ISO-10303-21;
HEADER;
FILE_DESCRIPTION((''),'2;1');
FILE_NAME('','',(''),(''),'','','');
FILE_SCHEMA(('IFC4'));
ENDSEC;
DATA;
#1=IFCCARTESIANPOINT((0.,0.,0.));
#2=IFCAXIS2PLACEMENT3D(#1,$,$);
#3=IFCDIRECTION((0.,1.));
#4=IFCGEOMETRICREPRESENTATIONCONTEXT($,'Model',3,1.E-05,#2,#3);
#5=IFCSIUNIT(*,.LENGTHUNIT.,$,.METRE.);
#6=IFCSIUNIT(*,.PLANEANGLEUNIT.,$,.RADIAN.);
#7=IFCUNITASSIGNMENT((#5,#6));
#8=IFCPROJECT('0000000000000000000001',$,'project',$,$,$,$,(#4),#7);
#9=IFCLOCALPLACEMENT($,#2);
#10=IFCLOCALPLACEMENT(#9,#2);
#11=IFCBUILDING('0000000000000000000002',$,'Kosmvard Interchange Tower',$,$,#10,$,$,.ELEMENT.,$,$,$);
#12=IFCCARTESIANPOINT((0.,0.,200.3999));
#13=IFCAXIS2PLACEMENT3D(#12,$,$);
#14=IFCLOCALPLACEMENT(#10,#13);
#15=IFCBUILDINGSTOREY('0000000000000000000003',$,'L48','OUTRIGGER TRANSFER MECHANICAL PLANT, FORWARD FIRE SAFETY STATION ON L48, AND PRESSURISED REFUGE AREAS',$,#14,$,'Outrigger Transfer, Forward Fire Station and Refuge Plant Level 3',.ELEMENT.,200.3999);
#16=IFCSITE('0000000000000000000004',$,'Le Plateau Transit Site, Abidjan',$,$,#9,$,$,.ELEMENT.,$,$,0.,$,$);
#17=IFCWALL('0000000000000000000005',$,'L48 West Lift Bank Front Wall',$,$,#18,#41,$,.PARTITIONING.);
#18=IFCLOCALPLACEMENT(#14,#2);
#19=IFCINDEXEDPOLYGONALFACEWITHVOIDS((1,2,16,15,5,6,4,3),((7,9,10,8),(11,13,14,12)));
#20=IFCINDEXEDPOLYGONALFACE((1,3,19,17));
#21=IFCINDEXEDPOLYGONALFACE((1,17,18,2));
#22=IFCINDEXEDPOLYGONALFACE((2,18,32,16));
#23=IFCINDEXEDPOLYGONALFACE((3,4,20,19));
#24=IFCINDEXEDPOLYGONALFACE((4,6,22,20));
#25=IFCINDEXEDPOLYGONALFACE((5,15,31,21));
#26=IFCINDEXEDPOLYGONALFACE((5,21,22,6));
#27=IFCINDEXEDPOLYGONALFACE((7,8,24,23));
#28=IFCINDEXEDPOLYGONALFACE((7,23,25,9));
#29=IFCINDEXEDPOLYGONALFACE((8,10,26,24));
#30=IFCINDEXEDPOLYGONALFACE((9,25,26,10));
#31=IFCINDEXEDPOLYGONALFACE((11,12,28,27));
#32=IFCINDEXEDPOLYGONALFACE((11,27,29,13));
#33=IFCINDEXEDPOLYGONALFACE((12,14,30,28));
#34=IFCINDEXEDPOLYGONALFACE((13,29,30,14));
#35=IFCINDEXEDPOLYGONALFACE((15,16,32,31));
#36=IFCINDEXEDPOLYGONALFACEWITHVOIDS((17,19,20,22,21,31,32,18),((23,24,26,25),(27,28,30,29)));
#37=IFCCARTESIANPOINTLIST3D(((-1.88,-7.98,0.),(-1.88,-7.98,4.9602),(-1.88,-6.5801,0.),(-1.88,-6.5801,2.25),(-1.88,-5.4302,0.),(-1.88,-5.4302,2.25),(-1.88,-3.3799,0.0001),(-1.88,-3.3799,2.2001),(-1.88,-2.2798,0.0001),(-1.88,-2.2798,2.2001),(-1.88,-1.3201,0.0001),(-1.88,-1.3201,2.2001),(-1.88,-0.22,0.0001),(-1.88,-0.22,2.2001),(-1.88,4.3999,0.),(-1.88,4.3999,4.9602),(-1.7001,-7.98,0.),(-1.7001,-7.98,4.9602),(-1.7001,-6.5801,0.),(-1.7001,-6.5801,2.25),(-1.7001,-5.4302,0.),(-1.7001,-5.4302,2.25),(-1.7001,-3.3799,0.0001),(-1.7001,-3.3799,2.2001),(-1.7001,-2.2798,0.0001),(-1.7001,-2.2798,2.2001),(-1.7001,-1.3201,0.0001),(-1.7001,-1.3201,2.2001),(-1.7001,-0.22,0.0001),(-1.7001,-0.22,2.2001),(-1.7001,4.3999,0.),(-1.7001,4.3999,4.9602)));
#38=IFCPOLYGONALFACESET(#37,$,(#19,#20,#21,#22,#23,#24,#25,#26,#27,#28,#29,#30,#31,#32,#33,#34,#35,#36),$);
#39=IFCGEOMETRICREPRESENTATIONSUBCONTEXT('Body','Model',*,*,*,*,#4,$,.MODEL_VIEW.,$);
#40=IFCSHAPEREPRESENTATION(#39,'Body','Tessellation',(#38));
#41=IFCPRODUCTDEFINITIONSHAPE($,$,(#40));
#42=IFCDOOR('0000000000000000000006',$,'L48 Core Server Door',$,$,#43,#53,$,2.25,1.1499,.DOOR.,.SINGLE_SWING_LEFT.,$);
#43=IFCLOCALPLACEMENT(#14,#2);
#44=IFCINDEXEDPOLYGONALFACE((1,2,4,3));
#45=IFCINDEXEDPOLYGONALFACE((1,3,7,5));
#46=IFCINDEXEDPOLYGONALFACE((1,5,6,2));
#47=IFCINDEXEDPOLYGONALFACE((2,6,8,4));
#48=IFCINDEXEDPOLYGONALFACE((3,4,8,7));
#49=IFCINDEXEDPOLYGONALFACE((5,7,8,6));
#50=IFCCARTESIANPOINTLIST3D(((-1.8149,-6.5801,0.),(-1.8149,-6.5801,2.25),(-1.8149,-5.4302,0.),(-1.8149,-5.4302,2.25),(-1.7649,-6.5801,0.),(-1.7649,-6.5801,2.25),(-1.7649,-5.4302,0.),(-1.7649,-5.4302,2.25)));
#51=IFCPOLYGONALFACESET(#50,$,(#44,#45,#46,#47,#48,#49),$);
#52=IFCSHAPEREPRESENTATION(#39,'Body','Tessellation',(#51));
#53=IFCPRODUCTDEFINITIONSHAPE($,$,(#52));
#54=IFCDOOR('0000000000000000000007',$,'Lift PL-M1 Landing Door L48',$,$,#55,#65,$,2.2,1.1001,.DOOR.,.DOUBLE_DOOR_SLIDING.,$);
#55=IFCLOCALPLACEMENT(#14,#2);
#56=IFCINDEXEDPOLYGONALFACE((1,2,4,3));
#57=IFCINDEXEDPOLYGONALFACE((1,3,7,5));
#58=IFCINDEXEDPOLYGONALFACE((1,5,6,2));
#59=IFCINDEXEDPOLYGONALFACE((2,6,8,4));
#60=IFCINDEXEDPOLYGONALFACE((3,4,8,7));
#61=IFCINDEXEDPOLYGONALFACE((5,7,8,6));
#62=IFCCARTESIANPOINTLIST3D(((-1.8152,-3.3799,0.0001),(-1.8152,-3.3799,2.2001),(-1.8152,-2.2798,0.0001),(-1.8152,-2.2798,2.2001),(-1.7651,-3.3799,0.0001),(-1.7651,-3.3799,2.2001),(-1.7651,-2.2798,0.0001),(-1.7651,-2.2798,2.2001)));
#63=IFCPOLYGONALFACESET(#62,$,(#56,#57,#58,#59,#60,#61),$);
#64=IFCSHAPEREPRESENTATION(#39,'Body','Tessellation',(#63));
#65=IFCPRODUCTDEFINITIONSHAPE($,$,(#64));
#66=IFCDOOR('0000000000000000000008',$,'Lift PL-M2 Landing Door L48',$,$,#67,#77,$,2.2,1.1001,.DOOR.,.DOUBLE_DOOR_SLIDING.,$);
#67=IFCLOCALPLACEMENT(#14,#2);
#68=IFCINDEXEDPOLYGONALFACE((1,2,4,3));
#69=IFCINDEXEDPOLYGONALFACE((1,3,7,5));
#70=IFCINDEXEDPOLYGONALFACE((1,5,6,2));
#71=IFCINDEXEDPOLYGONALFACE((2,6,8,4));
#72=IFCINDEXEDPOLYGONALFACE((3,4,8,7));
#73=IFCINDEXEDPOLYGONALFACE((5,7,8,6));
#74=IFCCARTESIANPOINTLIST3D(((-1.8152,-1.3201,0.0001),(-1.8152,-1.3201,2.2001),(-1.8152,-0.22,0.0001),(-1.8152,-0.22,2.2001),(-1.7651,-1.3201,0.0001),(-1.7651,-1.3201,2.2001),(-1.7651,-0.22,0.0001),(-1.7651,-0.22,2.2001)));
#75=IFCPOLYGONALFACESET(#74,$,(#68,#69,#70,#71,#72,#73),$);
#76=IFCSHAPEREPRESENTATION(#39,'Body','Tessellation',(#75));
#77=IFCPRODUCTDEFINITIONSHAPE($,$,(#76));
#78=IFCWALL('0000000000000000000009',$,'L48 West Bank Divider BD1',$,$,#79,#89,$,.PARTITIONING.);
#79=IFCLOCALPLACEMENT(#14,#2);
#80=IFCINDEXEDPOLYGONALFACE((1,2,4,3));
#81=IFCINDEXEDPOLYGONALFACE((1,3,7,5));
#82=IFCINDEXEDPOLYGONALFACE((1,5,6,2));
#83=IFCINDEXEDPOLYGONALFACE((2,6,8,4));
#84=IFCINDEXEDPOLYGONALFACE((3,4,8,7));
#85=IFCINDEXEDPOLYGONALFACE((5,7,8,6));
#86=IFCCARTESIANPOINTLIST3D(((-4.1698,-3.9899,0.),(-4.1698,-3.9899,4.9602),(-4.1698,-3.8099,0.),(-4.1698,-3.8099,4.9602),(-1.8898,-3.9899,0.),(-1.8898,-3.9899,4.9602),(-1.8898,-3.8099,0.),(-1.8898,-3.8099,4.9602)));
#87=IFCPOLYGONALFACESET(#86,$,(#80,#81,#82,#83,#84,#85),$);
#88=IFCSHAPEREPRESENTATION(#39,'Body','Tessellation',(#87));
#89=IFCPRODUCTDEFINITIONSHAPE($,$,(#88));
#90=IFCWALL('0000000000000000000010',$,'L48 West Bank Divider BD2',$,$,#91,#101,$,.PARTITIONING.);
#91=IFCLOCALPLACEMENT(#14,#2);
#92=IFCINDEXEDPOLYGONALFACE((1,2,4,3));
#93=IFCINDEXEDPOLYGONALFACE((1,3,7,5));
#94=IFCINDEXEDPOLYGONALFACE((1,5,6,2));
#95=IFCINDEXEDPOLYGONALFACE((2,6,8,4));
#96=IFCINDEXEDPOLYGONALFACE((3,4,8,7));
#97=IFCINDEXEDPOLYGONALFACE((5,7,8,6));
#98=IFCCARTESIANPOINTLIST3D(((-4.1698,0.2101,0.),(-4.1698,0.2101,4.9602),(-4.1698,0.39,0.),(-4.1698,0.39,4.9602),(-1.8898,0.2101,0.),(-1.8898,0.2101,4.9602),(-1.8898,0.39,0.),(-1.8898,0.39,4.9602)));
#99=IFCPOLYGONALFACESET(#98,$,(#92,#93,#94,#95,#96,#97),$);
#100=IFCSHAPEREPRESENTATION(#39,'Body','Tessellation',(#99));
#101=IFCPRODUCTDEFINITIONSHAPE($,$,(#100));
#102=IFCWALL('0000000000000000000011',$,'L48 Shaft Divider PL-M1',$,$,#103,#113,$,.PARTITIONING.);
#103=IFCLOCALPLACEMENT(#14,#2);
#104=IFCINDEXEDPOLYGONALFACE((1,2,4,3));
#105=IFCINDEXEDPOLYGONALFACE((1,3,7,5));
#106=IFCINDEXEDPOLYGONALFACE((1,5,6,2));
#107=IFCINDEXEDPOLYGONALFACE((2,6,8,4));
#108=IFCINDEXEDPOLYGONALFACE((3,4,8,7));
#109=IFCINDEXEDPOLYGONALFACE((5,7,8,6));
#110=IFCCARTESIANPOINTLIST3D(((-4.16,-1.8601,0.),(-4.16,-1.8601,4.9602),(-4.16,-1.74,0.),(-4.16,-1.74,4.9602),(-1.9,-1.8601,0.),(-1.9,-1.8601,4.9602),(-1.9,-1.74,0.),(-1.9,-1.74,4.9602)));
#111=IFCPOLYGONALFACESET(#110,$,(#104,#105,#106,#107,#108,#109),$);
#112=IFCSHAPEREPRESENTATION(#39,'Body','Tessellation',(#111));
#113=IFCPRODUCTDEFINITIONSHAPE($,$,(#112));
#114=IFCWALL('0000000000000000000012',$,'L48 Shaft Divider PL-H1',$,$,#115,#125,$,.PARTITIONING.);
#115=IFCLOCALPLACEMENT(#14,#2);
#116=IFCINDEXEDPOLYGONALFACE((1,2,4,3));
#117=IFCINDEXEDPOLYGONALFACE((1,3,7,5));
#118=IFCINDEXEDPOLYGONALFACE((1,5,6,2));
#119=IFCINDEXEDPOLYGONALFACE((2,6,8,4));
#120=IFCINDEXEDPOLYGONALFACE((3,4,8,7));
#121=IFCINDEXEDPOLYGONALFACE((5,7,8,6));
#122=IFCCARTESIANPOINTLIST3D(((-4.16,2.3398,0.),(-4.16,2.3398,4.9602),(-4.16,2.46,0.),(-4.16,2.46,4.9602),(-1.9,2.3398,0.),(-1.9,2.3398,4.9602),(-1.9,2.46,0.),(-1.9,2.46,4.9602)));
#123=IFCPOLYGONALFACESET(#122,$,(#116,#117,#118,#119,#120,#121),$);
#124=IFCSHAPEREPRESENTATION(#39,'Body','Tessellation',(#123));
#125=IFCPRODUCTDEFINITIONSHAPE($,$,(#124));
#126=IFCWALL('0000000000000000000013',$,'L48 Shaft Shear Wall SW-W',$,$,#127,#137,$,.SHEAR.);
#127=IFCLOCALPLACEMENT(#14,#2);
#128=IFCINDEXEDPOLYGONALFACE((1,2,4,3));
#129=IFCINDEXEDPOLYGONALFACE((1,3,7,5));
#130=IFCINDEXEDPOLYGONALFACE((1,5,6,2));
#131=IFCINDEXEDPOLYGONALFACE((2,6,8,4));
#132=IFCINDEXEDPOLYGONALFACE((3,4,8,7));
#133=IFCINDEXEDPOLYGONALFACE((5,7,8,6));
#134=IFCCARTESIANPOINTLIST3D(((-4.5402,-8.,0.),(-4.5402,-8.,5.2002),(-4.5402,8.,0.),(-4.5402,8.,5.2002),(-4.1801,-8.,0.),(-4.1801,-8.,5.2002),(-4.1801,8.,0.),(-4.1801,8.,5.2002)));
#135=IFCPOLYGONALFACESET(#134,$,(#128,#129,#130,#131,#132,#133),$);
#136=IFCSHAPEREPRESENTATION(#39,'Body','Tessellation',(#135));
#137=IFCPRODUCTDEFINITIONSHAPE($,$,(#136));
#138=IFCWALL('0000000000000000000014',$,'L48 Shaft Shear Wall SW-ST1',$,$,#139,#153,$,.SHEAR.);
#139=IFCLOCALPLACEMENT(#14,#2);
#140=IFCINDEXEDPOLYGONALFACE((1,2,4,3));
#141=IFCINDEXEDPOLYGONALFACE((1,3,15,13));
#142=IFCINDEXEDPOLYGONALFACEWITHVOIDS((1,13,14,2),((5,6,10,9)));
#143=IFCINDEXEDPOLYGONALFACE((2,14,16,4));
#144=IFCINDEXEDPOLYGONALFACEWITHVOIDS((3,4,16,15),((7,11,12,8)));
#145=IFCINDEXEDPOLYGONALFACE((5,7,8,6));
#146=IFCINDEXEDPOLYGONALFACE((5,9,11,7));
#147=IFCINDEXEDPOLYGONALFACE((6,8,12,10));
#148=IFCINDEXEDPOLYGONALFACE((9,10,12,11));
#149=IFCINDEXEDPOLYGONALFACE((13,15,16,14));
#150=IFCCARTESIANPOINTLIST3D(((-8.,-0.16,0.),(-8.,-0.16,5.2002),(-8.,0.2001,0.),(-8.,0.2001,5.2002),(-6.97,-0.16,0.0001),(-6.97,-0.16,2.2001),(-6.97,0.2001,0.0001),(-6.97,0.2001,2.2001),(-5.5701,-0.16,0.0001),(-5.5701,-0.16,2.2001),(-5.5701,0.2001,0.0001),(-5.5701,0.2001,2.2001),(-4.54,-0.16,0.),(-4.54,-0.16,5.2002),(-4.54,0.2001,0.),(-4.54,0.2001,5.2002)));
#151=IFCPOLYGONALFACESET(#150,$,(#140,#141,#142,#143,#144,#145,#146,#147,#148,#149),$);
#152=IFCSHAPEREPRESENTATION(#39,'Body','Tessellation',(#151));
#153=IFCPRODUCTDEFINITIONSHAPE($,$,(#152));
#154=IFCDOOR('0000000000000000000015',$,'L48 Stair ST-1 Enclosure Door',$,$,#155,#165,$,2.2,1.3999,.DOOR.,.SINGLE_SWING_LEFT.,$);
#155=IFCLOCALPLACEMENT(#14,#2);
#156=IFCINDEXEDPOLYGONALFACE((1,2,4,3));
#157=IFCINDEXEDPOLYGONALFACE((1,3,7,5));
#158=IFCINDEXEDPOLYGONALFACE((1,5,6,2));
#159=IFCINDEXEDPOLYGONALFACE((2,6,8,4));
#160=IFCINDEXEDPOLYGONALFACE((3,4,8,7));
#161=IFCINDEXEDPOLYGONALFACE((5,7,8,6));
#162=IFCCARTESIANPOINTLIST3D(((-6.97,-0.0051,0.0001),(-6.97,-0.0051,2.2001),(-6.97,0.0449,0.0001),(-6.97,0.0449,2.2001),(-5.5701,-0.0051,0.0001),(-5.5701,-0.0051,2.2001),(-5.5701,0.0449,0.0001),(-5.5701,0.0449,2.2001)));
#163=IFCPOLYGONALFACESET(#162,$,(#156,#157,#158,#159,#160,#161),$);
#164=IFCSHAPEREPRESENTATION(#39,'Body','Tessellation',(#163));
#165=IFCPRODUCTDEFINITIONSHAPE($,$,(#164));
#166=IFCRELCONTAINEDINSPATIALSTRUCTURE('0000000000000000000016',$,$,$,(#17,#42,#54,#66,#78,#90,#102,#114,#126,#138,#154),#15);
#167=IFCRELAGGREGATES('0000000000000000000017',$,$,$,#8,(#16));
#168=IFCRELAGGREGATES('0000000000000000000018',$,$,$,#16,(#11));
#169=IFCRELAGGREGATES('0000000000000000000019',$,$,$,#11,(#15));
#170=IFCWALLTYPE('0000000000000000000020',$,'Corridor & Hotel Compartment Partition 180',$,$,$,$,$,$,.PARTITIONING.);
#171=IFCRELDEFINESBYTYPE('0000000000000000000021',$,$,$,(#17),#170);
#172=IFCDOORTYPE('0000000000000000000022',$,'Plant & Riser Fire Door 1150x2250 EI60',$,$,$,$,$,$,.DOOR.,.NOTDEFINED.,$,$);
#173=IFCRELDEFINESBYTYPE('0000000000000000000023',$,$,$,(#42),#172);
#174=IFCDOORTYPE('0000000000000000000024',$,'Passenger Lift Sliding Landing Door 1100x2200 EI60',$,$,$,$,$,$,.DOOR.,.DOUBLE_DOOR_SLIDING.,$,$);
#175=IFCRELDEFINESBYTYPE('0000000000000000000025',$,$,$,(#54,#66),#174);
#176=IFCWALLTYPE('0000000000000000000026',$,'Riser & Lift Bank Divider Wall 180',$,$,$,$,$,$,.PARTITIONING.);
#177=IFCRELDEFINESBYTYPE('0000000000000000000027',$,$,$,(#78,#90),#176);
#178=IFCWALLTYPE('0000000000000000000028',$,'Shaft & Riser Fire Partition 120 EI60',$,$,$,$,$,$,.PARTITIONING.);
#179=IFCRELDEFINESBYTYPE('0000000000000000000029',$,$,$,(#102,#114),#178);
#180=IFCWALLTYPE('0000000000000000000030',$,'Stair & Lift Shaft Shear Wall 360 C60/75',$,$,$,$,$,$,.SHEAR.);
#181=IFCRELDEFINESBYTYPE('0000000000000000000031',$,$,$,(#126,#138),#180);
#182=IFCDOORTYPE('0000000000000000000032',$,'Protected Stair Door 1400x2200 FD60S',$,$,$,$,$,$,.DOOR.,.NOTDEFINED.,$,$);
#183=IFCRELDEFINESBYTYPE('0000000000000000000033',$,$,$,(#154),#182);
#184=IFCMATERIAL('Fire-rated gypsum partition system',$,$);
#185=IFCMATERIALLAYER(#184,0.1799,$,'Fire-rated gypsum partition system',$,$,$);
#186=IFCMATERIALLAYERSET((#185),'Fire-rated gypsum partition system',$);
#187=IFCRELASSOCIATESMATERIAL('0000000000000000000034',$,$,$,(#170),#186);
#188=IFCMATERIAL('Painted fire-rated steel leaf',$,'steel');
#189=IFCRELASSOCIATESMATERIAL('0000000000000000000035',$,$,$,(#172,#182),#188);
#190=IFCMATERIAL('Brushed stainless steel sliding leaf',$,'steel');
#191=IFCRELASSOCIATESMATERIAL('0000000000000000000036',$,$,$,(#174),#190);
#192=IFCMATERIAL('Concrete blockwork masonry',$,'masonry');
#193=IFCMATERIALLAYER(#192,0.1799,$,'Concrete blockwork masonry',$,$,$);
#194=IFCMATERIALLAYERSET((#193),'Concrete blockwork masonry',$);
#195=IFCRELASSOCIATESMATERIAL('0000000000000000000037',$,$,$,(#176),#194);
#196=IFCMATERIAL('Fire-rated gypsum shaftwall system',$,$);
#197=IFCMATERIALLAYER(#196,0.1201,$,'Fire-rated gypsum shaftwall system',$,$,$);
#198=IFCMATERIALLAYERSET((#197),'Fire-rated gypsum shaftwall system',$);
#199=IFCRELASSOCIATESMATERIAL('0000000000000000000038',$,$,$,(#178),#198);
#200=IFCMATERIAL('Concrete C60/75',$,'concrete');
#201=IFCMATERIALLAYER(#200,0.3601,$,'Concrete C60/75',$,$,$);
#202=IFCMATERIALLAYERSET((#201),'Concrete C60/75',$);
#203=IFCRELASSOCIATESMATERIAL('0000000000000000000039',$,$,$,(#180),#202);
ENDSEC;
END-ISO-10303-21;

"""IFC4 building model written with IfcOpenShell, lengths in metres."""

from ifc_helpers import new_model, si_unit, direction, frame, frame_2d, origin, place, context, subcontext, project, spatial, rectangle, extrude, source, transform, mapped, material, layer, layer_set, type_object, element, fill, save


model = new_model("IFC4")

# Units and contexts
model_context = context("Model", 3, precision=1e-05, world=origin(), true_north=direction((0.0, 1.0)))
body_context = subcontext(model_context, "Body", "Model", "MODEL_VIEW")
ifc_project = project(units=[si_unit("LENGTHUNIT", "METRE"), si_unit("PLANEANGLEUNIT", "RADIAN")], contexts=[model_context])

# Site, building, storey
site_placement = place(None, origin())
site = spatial("IfcSite", under=ifc_project, at=site_placement, Name="Le Plateau Transit Site, Abidjan", CompositionType="ELEMENT", RefElevation=0.0)
building_placement = place(site_placement, origin())
building = spatial("IfcBuilding", under=site, at=building_placement, Name="Kosmvard Interchange Tower", CompositionType="ELEMENT")
storey_placement = place(building_placement, frame((0.0, 0.0, 200.3999)))
storey = spatial("IfcBuildingStorey", under=building, at=storey_placement, Name="L48", Description="OUTRIGGER TRANSFER MECHANICAL PLANT, FORWARD FIRE SAFETY STATION ON L48, AND PRESSURISED REFUGE AREAS", LongName="Outrigger Transfer, Forward Fire Station and Refuge Plant Level 3", CompositionType="ELEMENT", Elevation=200.3999)

# Shared definitions
ifc_material_1 = material(Name="Concrete C60/75", Category="concrete")

# Wall, openings, doors
ifc_material_2 = material(Name="Fire-rated gypsum partition system")
ifc_layer_1 = layer(ifc_material_2, 0.1799, Name="Fire-rated gypsum partition system")
ifc_layer_set_1 = layer_set([ifc_layer_1], Name="Fire-rated gypsum partition system")
wall_type_1 = type_object("IfcWallType", Name="Corridor & Hotel Compartment Partition 180", PredefinedType="PARTITIONING", material=ifc_layer_set_1)
wall_1_placement = place(storey_placement, frame((-1.79, -7.98, 0.0), z_axis=(0.0, 0.0, 1.0), x_axis=(0.0, 1.0, 0.0)))
wall_1 = element("IfcWall", 1, at=wall_1_placement, inside=storey, type_object=wall_type_1, Name="L48 West Lift Bank Front Wall", PredefinedType="PARTITIONING", context=body_context, shape_type="SweptSolid", body=[
    extrude(rectangle(XDim=12.3799, YDim=0.1799, at=frame_2d((6.1899, 0.0))), origin(), (0.0, 0.0, 1.0), 4.9602),
])
opening_1_placement = place(wall_1_placement, frame((4.6001, 0.0, 0.0)))
opening_1 = element("IfcOpeningElement", 2, at=opening_1_placement, cuts=wall_1, PredefinedType="OPENING", context=body_context, shape_type="SweptSolid", body=[
    extrude(rectangle(XDim=1.1001, YDim=2.2, at=frame_2d((0.55, 1.1001))), frame((0.0, 0.1001, 0.0), z_axis=(0.0, -1.0, 0.0), x_axis=(1.0, 0.0, 0.0)), (0.0, 0.0, 1.0), 0.2),
])
opening_2_placement = place(wall_1_placement, frame((6.6599, 0.0, 0.0)))
opening_2 = element("IfcOpeningElement", 3, at=opening_2_placement, cuts=wall_1, PredefinedType="OPENING", context=body_context, shape_type="SweptSolid", body=[
    extrude(rectangle(XDim=1.1001, YDim=2.2, at=frame_2d((0.55, 1.1001))), frame((0.0, 0.1001, 0.0), z_axis=(0.0, -1.0, 0.0), x_axis=(1.0, 0.0, 0.0)), (0.0, 0.0, 1.0), 0.2),
])
opening_3_placement = place(wall_1_placement, frame((1.3999, 0.0, 0.0)))
opening_3 = element("IfcOpeningElement", 4, at=opening_3_placement, cuts=wall_1, PredefinedType="OPENING", context=body_context, shape_type="SweptSolid", body=[
    extrude(rectangle(XDim=1.1499, YDim=2.25, at=frame_2d((0.575, 1.125))), frame((0.0, 0.1001, 0.0), z_axis=(0.0, -1.0, 0.0), x_axis=(1.0, 0.0, 0.0)), (0.0, 0.0, 1.0), 0.2),
])
ifc_material_3 = material(Name="Painted fire-rated steel leaf", Category="steel")
door_type_1 = type_object("IfcDoorType", Name="Plant & Riser Fire Door 1150x2250 EI60", OperationType="NOTDEFINED", PredefinedType="DOOR", material=ifc_material_3)
shared_shape_1 = source(origin(), body_context, "Body", "SweptSolid", [
    extrude(rectangle(XDim=1.1499, YDim=2.25, at=frame_2d((0.575, 1.125))), frame((0.0, 0.0249, 0.0), z_axis=(0.0, -1.0, 0.0), x_axis=(1.0, 0.0, 0.0)), (0.0, 0.0, 1.0), 0.05),
])
door_1_placement = place(opening_3_placement, origin())
door_1 = element("IfcDoor", 5, at=door_1_placement, inside=storey, type_object=door_type_1, Name="L48 Core Server Door", OperationType="SINGLE_SWING_LEFT", OverallHeight=2.25, OverallWidth=1.1499, PredefinedType="DOOR", context=body_context, shape_type="MappedRepresentation", body=[
    mapped(shared_shape_1, transform((0.0, 0.0, 0.0), scale=1.0)),
])
fill(opening_3, door_1)
ifc_material_4 = material(Name="Brushed stainless steel sliding leaf", Category="steel")
door_type_2 = type_object("IfcDoorType", Name="Passenger Lift Sliding Landing Door 1100x2200 EI60", OperationType="DOUBLE_DOOR_SLIDING", PredefinedType="DOOR", material=ifc_material_4)
shared_shape_2 = source(origin(), body_context, "Body", "SweptSolid", [
    extrude(rectangle(XDim=1.1001, YDim=2.2, at=frame_2d((0.55, 1.1001))), frame((0.0, 0.0249, 0.0), z_axis=(0.0, -1.0, 0.0), x_axis=(1.0, 0.0, 0.0)), (0.0, 0.0, 1.0), 0.05),
])
door_2_placement = place(opening_1_placement, frame((1.1001, 0.0, 0.0), z_axis=(0.0, 0.0, 1.0), x_axis=(-1.0, 0.0, 0.0)))
door_2 = element("IfcDoor", 6, at=door_2_placement, inside=storey, type_object=door_type_2, Name="Lift PL-M1 Landing Door L48", OperationType="DOUBLE_DOOR_SLIDING", OverallHeight=2.2, OverallWidth=1.1001, PredefinedType="DOOR", context=body_context, shape_type="MappedRepresentation", body=[
    mapped(shared_shape_2, transform((0.0, 0.0, 0.0), scale=1.0)),
])
fill(opening_1, door_2)
door_3_placement = place(opening_2_placement, frame((1.1001, 0.0, 0.0), z_axis=(0.0, 0.0, 1.0), x_axis=(-1.0, 0.0, 0.0)))
door_3 = element("IfcDoor", 7, at=door_3_placement, inside=storey, type_object=door_type_2, Name="Lift PL-M2 Landing Door L48", OperationType="DOUBLE_DOOR_SLIDING", OverallHeight=2.2, OverallWidth=1.1001, PredefinedType="DOOR", context=body_context, shape_type="MappedRepresentation", body=[
    mapped(shared_shape_2, transform((0.0, 0.0, 0.0), scale=1.0)),
])
fill(opening_2, door_3)

# Walls
ifc_material_5 = material(Name="Concrete blockwork masonry", Category="masonry")
ifc_layer_2 = layer(ifc_material_5, 0.1799, Name="Concrete blockwork masonry")
ifc_layer_set_2 = layer_set([ifc_layer_2], Name="Concrete blockwork masonry")
wall_type_2 = type_object("IfcWallType", Name="Riser & Lift Bank Divider Wall 180", PredefinedType="PARTITIONING", material=ifc_layer_set_2)
for number, where, z_axis, x_axis, name in (
    (8, (-4.1699, -3.8999, 0.0), (0.0, 0.0, 1.0), (1.0, 0.0, 0.0), "L48 West Bank Divider BD1"),
    (9, (-4.1699, 0.3, 0.0), (0.0, 0.0, 1.0), (1.0, 0.0, 0.0), "L48 West Bank Divider BD2"),
):
    element("IfcWall", number, at=place(storey_placement, frame(where, z_axis=z_axis, x_axis=x_axis)), inside=storey, type_object=wall_type_2, Name=name, PredefinedType="PARTITIONING", context=body_context, shape_type="SweptSolid", body=[
        extrude(rectangle(XDim=2.28, YDim=0.1799, at=frame_2d((1.1401, 0.0))), origin(), (0.0, 0.0, 1.0), 4.9602),
    ])
ifc_material_6 = material(Name="Fire-rated gypsum shaftwall system")
ifc_layer_3 = layer(ifc_material_6, 0.1201, Name="Fire-rated gypsum shaftwall system")
ifc_layer_set_3 = layer_set([ifc_layer_3], Name="Fire-rated gypsum shaftwall system")
wall_type_3 = type_object("IfcWallType", Name="Shaft & Riser Fire Partition 120 EI60", PredefinedType="PARTITIONING", material=ifc_layer_set_3)
for number, where, z_axis, x_axis, name in (
    (10, (-4.1599, -1.8, 0.0), (0.0, 0.0, 1.0), (1.0, 0.0, 0.0), "L48 Shaft Divider PL-M1"),
    (11, (-4.1599, 2.3999, 0.0), (0.0, 0.0, 1.0), (1.0, 0.0, 0.0), "L48 Shaft Divider PL-H1"),
):
    element("IfcWall", number, at=place(storey_placement, frame(where, z_axis=z_axis, x_axis=x_axis)), inside=storey, type_object=wall_type_3, Name=name, PredefinedType="PARTITIONING", context=body_context, shape_type="SweptSolid", body=[
        extrude(rectangle(XDim=2.26, YDim=0.1201, at=frame_2d((1.1299, 0.0))), origin(), (0.0, 0.0, 1.0), 4.9602),
    ])
ifc_layer_4 = layer(ifc_material_1, 0.3601, Name="Concrete C60/75")
ifc_layer_set_4 = layer_set([ifc_layer_4], Name="Concrete C60/75")
wall_type_4 = type_object("IfcWallType", Name="Stair & Lift Shaft Shear Wall 360 C60/75", PredefinedType="SHEAR", material=ifc_layer_set_4)
wall_2_placement = place(storey_placement, frame((-4.3601, -8.0, 0.0), z_axis=(0.0, 0.0, 1.0), x_axis=(0.0, 1.0, 0.0)))
element("IfcWall", 12, at=wall_2_placement, inside=storey, type_object=wall_type_4, Name="L48 Shaft Shear Wall SW-W", PredefinedType="SHEAR", context=body_context, shape_type="SweptSolid", body=[
    extrude(rectangle(XDim=16.0, YDim=0.3601, at=frame_2d((8.0, 0.0))), origin(), (0.0, 0.0, 1.0), 5.2002),
])

# Wall, opening, door
wall_3_placement = place(storey_placement, frame((-8.0, 0.02, 0.0), z_axis=(0.0, 0.0, 1.0), x_axis=(1.0, 0.0, 0.0)))
wall_3 = element("IfcWall", 13, at=wall_3_placement, inside=storey, type_object=wall_type_4, Name="L48 Shaft Shear Wall SW-ST1", PredefinedType="SHEAR", context=body_context, shape_type="SweptSolid", body=[
    extrude(rectangle(XDim=3.46, YDim=0.3601, at=frame_2d((1.73, 0.0))), origin(), (0.0, 0.0, 1.0), 5.2002),
])
opening_4_placement = place(wall_3_placement, frame((1.03, 0.0, 0.0)))
opening_4 = element("IfcOpeningElement", 14, at=opening_4_placement, cuts=wall_3, PredefinedType="OPENING", context=body_context, shape_type="SweptSolid", body=[
    extrude(rectangle(XDim=1.3999, YDim=2.2, at=frame_2d((0.7, 1.1001))), frame((0.0, 0.1899, 0.0), z_axis=(0.0, -1.0, 0.0), x_axis=(1.0, 0.0, 0.0)), (0.0, 0.0, 1.0), 0.3801),
])
door_type_3 = type_object("IfcDoorType", Name="Protected Stair Door 1400x2200 FD60S", OperationType="NOTDEFINED", PredefinedType="DOOR", material=ifc_material_3)
shared_shape_3 = source(origin(), body_context, "Body", "SweptSolid", [
    extrude(rectangle(XDim=1.3999, YDim=2.2, at=frame_2d((0.7, 1.1001))), frame((0.0, 0.0249, 0.0), z_axis=(0.0, -1.0, 0.0), x_axis=(1.0, 0.0, 0.0)), (0.0, 0.0, 1.0), 0.05),
])
door_4_placement = place(opening_4_placement, origin())
door_4 = element("IfcDoor", 15, at=door_4_placement, inside=storey, type_object=door_type_3, Name="L48 Stair ST-1 Enclosure Door", OperationType="SINGLE_SWING_LEFT", OverallHeight=2.2, OverallWidth=1.3999, PredefinedType="DOOR", context=body_context, shape_type="MappedRepresentation", body=[
    mapped(shared_shape_3, transform((0.0, 0.0, 0.0), scale=1.0)),
])
fill(opening_4, door_4)

save(model, "model.ifc")
